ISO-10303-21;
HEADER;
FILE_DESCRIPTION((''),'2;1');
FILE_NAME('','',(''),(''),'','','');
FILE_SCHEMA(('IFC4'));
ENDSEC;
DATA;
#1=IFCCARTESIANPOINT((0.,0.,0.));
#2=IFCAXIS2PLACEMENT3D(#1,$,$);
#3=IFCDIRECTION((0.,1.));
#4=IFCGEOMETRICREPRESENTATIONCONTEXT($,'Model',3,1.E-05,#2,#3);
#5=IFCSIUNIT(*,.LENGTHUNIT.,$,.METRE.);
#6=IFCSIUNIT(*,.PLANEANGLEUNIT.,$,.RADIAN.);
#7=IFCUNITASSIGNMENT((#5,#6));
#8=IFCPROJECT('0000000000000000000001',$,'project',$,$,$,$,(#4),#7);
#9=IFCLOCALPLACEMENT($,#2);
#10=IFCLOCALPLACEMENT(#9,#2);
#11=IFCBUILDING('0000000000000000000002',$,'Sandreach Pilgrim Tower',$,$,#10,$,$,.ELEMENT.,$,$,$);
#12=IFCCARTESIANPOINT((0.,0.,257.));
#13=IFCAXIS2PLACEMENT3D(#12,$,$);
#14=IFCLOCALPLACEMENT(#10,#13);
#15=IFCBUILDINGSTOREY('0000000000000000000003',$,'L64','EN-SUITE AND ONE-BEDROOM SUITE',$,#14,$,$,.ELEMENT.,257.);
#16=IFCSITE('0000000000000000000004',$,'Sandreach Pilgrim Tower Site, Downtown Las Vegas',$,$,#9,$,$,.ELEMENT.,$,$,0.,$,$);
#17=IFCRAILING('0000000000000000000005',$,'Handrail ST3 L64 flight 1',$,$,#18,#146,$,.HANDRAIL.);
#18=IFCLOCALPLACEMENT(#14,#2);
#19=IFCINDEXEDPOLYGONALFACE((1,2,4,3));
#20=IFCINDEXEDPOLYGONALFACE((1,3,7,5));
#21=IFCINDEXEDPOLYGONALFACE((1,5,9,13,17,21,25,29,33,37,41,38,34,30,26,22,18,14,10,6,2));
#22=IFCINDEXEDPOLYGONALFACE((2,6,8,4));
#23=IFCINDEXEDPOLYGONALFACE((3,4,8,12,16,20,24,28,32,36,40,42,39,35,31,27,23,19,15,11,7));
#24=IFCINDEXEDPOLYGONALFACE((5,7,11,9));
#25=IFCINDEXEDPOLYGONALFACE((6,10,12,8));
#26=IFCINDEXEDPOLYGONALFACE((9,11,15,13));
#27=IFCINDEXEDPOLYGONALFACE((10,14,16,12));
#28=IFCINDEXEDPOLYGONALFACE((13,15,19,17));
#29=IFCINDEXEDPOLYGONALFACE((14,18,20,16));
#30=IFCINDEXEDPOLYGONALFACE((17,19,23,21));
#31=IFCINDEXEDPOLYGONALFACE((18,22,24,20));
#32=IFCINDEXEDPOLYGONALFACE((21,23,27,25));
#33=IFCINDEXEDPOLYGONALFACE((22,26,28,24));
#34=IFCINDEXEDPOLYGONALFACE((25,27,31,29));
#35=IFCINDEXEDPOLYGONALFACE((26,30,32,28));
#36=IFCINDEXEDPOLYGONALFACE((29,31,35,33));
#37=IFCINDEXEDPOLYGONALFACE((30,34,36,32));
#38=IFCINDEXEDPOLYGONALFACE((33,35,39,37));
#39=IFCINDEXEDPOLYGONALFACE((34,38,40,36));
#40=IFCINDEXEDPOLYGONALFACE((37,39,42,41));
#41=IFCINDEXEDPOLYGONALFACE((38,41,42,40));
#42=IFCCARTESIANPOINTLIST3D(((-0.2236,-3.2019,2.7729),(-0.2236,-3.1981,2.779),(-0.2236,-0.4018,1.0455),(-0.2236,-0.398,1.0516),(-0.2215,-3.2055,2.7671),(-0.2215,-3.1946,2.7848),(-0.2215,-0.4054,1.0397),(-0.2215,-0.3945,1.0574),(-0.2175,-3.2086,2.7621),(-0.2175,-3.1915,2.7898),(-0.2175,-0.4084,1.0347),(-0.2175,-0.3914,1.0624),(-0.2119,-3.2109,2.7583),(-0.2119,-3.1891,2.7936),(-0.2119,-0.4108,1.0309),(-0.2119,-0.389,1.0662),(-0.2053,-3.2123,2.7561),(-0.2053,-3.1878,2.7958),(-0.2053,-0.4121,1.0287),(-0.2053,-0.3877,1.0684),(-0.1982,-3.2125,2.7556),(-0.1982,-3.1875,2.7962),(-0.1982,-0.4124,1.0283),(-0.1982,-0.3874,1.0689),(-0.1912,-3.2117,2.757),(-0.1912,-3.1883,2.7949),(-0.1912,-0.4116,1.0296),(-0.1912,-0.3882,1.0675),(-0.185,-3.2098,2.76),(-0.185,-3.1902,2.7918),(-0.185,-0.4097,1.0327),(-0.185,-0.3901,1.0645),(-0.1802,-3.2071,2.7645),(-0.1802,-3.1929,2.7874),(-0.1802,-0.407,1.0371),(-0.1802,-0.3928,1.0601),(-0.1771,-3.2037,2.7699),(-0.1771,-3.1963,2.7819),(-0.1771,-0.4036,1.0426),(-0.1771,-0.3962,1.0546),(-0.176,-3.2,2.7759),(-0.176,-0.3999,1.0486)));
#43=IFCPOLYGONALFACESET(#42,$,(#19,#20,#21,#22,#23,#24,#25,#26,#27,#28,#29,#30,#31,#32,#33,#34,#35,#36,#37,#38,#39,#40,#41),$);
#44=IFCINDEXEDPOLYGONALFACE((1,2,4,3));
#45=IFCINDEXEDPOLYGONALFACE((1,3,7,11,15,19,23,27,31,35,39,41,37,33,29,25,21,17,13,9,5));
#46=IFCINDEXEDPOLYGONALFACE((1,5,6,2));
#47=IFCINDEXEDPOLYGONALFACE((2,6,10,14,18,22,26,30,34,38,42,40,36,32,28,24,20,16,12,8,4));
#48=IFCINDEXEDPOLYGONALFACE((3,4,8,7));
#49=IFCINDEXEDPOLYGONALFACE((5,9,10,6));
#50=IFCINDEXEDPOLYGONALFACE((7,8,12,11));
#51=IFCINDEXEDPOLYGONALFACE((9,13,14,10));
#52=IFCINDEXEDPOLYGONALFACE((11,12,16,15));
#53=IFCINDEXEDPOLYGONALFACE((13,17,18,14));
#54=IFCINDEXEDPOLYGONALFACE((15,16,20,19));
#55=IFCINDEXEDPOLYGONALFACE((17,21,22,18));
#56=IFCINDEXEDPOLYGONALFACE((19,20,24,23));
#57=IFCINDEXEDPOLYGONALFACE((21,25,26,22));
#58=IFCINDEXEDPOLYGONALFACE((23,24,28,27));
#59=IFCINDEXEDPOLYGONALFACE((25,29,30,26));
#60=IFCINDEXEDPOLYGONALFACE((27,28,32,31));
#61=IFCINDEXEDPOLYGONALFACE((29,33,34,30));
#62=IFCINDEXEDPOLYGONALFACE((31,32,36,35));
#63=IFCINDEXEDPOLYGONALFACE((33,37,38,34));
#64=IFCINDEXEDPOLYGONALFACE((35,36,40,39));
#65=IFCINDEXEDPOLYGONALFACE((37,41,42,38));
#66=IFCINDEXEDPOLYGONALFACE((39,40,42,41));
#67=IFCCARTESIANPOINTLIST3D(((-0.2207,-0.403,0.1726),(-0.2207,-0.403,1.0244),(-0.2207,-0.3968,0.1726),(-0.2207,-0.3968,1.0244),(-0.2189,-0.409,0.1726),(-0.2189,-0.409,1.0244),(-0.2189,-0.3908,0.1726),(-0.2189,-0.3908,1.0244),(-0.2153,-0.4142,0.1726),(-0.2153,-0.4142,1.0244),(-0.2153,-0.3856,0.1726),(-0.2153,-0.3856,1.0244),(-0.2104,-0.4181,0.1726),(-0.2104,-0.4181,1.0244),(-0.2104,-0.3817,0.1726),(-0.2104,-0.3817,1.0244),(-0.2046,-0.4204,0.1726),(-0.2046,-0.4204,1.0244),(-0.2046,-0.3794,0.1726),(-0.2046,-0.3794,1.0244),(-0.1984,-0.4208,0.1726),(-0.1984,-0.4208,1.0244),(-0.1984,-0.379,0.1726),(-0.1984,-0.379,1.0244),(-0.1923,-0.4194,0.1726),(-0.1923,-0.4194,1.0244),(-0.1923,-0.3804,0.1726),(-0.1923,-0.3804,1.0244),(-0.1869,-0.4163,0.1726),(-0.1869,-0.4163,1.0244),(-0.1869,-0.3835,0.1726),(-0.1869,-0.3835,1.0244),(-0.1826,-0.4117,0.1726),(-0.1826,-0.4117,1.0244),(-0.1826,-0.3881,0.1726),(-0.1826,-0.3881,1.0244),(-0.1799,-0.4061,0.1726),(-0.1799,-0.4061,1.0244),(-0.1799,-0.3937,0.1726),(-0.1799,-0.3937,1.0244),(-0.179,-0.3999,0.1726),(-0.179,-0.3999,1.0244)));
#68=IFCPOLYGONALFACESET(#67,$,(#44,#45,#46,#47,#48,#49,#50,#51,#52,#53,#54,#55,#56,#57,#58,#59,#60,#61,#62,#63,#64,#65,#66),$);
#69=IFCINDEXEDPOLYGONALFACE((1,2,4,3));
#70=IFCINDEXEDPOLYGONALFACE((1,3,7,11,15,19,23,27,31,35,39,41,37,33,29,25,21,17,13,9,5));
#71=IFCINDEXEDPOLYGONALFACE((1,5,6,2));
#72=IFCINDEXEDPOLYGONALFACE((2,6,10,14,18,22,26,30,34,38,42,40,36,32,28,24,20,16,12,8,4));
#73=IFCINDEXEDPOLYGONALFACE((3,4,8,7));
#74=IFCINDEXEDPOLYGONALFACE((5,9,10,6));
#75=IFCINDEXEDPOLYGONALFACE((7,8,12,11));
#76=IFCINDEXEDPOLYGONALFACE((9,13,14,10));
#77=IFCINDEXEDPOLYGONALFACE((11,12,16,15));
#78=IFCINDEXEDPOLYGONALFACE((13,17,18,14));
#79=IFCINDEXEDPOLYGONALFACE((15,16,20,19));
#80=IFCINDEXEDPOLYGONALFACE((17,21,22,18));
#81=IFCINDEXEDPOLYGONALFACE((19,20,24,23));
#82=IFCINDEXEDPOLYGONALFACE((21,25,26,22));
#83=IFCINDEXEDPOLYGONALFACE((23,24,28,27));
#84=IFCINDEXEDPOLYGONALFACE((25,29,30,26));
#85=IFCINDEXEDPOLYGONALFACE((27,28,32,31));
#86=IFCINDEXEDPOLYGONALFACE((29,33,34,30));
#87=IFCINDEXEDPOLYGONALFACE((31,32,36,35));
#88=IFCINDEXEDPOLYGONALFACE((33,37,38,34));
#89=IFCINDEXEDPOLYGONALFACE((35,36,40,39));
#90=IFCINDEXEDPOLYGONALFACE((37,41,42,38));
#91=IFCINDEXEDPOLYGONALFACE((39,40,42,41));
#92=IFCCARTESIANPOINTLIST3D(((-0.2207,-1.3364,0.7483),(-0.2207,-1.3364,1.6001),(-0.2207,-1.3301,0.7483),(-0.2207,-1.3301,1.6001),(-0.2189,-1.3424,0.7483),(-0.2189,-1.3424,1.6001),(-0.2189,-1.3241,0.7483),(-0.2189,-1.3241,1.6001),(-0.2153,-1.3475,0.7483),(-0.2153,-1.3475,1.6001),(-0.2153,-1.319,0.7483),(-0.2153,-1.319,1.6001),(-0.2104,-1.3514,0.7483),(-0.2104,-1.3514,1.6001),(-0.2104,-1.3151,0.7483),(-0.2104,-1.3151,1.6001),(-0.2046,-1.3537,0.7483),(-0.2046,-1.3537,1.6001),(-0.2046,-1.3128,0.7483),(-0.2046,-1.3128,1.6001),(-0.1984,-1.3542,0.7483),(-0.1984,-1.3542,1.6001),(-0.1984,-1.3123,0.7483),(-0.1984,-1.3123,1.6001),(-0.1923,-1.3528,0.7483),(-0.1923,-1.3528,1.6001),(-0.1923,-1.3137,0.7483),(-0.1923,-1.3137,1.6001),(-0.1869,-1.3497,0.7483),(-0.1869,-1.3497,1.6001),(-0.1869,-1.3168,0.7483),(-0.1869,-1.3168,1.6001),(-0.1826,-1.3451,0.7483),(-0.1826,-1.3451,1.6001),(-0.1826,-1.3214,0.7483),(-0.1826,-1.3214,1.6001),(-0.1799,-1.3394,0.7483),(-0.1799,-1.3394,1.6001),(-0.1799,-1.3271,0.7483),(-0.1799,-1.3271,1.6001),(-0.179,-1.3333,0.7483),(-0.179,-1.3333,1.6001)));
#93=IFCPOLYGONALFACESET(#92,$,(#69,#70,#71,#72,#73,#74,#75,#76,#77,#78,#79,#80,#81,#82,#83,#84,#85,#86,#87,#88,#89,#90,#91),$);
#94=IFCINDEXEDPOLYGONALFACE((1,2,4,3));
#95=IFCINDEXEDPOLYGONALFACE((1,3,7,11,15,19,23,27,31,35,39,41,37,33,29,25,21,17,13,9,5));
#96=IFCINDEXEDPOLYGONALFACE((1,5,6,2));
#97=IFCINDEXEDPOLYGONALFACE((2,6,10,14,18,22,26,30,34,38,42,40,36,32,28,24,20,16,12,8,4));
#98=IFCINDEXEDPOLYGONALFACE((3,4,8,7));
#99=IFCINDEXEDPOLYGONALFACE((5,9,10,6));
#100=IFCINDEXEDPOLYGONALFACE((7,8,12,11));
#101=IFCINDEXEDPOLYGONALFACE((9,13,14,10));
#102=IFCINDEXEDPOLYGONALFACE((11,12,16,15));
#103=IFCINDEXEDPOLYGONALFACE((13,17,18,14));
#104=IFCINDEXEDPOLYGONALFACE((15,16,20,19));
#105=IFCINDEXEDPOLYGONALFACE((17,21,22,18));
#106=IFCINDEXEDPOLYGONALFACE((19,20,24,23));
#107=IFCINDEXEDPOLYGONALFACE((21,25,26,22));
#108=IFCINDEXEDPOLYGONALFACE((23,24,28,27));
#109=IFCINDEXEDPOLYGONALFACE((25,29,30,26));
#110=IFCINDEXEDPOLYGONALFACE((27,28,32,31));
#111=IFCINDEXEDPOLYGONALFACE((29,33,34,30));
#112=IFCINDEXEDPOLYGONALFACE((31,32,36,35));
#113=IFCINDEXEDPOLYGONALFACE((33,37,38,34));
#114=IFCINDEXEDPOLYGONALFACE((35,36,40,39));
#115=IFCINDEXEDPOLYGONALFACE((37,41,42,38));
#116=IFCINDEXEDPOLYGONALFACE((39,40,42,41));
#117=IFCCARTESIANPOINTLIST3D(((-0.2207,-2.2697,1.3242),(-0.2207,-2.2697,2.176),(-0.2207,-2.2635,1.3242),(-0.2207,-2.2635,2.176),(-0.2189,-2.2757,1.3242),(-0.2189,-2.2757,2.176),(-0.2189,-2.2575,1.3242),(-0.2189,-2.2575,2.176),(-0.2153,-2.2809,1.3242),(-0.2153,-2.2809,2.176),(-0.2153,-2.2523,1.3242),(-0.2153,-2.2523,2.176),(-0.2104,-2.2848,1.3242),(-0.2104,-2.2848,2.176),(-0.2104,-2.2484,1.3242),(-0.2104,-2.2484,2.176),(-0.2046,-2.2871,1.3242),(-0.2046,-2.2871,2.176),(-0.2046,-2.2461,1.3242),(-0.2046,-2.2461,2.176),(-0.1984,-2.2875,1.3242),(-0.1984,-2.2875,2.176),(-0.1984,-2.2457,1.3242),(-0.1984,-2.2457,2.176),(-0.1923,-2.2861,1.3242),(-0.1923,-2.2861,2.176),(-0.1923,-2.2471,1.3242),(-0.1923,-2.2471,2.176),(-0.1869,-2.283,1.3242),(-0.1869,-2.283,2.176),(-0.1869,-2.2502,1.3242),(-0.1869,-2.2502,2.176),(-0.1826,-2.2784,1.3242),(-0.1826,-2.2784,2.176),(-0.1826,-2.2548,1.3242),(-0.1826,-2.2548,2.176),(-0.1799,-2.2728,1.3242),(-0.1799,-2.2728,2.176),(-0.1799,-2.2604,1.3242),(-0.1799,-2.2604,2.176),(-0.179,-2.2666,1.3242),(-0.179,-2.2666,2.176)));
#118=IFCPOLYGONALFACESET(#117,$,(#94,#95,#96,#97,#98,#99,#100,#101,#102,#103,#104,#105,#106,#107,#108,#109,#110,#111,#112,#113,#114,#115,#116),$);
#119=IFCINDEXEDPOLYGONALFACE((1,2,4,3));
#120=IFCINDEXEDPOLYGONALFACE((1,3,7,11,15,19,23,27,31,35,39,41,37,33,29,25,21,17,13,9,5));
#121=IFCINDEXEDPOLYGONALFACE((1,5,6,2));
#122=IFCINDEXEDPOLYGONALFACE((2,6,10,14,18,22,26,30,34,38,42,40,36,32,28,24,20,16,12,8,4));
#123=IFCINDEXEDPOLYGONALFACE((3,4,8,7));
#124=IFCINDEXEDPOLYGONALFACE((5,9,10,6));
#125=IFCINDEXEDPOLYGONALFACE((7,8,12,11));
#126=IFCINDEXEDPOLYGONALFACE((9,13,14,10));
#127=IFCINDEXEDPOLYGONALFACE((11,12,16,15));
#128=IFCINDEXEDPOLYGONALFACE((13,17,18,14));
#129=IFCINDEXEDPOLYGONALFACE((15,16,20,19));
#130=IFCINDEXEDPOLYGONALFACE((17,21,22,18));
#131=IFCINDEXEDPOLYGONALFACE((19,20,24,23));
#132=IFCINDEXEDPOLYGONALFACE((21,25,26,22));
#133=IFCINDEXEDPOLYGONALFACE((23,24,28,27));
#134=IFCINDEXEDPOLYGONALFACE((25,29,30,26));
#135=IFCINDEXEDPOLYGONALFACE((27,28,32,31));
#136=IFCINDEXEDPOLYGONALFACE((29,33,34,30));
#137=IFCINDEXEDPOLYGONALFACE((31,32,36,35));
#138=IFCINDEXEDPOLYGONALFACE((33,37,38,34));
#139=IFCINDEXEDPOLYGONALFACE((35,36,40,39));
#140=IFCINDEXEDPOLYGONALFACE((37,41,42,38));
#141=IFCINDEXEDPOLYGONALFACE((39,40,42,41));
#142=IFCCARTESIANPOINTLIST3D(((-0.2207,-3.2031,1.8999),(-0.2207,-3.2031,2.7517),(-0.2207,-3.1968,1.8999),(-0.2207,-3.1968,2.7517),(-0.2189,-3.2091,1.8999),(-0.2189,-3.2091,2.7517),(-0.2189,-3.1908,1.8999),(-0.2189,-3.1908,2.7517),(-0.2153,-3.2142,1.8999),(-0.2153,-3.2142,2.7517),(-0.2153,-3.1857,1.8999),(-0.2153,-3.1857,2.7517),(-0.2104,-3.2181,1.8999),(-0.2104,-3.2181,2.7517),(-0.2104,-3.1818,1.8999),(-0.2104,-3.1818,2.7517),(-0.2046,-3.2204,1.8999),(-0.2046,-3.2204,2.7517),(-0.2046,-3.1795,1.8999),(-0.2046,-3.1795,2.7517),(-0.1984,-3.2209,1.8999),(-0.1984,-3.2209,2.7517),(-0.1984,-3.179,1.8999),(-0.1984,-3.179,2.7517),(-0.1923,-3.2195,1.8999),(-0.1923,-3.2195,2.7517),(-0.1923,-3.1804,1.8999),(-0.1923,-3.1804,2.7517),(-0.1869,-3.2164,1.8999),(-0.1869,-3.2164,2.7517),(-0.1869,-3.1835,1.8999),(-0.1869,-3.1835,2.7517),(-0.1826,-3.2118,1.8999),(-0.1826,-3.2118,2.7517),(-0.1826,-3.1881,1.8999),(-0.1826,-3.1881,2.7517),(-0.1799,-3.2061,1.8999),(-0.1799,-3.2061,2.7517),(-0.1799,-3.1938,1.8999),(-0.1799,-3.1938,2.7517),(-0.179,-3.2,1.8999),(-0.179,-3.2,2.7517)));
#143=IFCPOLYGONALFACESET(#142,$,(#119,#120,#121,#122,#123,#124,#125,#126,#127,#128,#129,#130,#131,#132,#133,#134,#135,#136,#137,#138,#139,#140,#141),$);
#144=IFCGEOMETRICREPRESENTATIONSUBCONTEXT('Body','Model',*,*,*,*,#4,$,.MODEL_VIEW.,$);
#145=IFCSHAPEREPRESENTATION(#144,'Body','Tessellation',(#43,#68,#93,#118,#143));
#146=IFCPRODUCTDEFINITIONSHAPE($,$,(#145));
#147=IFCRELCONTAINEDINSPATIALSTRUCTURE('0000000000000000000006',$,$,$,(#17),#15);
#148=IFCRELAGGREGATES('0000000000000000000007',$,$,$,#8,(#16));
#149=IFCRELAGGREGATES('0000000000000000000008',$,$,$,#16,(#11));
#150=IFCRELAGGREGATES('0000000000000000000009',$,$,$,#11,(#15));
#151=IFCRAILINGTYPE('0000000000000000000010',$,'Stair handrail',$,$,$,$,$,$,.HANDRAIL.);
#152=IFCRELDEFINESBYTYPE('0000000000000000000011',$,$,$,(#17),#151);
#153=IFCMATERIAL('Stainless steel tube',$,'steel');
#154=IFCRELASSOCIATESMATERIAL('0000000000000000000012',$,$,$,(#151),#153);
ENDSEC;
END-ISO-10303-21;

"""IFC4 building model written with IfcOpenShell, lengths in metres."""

from ifc_helpers import new_model, si_unit, direction, frame, origin, origin_2d, place, context, subcontext, project, spatial, circle, extrude, material, type_object, element, save


model = new_model("IFC4")

# Units and contexts
model_context = context("Model", 3, precision=1e-05, world=origin(), true_north=direction((0.0, 1.0)))
body_context = subcontext(model_context, "Body", "Model", "MODEL_VIEW")
ifc_project = project(units=[si_unit("LENGTHUNIT", "METRE"), si_unit("PLANEANGLEUNIT", "RADIAN")], contexts=[model_context])

# Site, building, storey
site_placement = place(None, origin())
site = spatial("IfcSite", under=ifc_project, at=site_placement, Name="Sandreach Pilgrim Tower Site, Downtown Las Vegas", CompositionType="ELEMENT", RefElevation=0.0)
building_placement = place(site_placement, origin())
building = spatial("IfcBuilding", under=site, at=building_placement, Name="Sandreach Pilgrim Tower", CompositionType="ELEMENT")
storey_placement = place(building_placement, frame((0.0, 0.0, 257.0)))
storey = spatial("IfcBuildingStorey", under=building, at=storey_placement, Name="L64", Description="EN-SUITE AND ONE-BEDROOM SUITE", CompositionType="ELEMENT", Elevation=257.0)

# Railing
ifc_material_1 = material(Name="Stainless steel tube", Category="steel")
railing_type = type_object("IfcRailingType", Name="Stair handrail", PredefinedType="HANDRAIL", material=ifc_material_1)
for number, where, name in (
    (1, (-0.2, -0.3999, 0.1726), "Handrail ST3 L64 flight 1"),
):
    element("IfcRailing", number, at=place(storey_placement, frame(where)), inside=storey, type_object=railing_type, Name=name, PredefinedType="HANDRAIL", context=body_context, shape_type="SweptSolid", body=[
        extrude(circle(Radius=0.0239, at=origin_2d()), frame((0.0, 0.0, 0.876), z_axis=(0.0, -0.85109, 0.52502), x_axis=(1.0, 0.0, 0.0)), (0.0, 0.0, 1.0), 3.29),
        extrude(circle(Radius=0.021, at=origin_2d()), origin(), (0.0, 0.0, 1.0), 0.8518),
        extrude(circle(Radius=0.021, at=origin_2d()), frame((0.0, -0.9333, 0.5757)), (0.0, 0.0, 1.0), 0.8518),
        extrude(circle(Radius=0.021, at=origin_2d()), frame((0.0, -1.8667, 1.1516)), (0.0, 0.0, 1.0), 0.8518),
        extrude(circle(Radius=0.021, at=origin_2d()), frame((0.0, -2.8, 1.7273)), (0.0, 0.0, 1.0), 0.8518),
    ])

save(model, "model.ifc")
